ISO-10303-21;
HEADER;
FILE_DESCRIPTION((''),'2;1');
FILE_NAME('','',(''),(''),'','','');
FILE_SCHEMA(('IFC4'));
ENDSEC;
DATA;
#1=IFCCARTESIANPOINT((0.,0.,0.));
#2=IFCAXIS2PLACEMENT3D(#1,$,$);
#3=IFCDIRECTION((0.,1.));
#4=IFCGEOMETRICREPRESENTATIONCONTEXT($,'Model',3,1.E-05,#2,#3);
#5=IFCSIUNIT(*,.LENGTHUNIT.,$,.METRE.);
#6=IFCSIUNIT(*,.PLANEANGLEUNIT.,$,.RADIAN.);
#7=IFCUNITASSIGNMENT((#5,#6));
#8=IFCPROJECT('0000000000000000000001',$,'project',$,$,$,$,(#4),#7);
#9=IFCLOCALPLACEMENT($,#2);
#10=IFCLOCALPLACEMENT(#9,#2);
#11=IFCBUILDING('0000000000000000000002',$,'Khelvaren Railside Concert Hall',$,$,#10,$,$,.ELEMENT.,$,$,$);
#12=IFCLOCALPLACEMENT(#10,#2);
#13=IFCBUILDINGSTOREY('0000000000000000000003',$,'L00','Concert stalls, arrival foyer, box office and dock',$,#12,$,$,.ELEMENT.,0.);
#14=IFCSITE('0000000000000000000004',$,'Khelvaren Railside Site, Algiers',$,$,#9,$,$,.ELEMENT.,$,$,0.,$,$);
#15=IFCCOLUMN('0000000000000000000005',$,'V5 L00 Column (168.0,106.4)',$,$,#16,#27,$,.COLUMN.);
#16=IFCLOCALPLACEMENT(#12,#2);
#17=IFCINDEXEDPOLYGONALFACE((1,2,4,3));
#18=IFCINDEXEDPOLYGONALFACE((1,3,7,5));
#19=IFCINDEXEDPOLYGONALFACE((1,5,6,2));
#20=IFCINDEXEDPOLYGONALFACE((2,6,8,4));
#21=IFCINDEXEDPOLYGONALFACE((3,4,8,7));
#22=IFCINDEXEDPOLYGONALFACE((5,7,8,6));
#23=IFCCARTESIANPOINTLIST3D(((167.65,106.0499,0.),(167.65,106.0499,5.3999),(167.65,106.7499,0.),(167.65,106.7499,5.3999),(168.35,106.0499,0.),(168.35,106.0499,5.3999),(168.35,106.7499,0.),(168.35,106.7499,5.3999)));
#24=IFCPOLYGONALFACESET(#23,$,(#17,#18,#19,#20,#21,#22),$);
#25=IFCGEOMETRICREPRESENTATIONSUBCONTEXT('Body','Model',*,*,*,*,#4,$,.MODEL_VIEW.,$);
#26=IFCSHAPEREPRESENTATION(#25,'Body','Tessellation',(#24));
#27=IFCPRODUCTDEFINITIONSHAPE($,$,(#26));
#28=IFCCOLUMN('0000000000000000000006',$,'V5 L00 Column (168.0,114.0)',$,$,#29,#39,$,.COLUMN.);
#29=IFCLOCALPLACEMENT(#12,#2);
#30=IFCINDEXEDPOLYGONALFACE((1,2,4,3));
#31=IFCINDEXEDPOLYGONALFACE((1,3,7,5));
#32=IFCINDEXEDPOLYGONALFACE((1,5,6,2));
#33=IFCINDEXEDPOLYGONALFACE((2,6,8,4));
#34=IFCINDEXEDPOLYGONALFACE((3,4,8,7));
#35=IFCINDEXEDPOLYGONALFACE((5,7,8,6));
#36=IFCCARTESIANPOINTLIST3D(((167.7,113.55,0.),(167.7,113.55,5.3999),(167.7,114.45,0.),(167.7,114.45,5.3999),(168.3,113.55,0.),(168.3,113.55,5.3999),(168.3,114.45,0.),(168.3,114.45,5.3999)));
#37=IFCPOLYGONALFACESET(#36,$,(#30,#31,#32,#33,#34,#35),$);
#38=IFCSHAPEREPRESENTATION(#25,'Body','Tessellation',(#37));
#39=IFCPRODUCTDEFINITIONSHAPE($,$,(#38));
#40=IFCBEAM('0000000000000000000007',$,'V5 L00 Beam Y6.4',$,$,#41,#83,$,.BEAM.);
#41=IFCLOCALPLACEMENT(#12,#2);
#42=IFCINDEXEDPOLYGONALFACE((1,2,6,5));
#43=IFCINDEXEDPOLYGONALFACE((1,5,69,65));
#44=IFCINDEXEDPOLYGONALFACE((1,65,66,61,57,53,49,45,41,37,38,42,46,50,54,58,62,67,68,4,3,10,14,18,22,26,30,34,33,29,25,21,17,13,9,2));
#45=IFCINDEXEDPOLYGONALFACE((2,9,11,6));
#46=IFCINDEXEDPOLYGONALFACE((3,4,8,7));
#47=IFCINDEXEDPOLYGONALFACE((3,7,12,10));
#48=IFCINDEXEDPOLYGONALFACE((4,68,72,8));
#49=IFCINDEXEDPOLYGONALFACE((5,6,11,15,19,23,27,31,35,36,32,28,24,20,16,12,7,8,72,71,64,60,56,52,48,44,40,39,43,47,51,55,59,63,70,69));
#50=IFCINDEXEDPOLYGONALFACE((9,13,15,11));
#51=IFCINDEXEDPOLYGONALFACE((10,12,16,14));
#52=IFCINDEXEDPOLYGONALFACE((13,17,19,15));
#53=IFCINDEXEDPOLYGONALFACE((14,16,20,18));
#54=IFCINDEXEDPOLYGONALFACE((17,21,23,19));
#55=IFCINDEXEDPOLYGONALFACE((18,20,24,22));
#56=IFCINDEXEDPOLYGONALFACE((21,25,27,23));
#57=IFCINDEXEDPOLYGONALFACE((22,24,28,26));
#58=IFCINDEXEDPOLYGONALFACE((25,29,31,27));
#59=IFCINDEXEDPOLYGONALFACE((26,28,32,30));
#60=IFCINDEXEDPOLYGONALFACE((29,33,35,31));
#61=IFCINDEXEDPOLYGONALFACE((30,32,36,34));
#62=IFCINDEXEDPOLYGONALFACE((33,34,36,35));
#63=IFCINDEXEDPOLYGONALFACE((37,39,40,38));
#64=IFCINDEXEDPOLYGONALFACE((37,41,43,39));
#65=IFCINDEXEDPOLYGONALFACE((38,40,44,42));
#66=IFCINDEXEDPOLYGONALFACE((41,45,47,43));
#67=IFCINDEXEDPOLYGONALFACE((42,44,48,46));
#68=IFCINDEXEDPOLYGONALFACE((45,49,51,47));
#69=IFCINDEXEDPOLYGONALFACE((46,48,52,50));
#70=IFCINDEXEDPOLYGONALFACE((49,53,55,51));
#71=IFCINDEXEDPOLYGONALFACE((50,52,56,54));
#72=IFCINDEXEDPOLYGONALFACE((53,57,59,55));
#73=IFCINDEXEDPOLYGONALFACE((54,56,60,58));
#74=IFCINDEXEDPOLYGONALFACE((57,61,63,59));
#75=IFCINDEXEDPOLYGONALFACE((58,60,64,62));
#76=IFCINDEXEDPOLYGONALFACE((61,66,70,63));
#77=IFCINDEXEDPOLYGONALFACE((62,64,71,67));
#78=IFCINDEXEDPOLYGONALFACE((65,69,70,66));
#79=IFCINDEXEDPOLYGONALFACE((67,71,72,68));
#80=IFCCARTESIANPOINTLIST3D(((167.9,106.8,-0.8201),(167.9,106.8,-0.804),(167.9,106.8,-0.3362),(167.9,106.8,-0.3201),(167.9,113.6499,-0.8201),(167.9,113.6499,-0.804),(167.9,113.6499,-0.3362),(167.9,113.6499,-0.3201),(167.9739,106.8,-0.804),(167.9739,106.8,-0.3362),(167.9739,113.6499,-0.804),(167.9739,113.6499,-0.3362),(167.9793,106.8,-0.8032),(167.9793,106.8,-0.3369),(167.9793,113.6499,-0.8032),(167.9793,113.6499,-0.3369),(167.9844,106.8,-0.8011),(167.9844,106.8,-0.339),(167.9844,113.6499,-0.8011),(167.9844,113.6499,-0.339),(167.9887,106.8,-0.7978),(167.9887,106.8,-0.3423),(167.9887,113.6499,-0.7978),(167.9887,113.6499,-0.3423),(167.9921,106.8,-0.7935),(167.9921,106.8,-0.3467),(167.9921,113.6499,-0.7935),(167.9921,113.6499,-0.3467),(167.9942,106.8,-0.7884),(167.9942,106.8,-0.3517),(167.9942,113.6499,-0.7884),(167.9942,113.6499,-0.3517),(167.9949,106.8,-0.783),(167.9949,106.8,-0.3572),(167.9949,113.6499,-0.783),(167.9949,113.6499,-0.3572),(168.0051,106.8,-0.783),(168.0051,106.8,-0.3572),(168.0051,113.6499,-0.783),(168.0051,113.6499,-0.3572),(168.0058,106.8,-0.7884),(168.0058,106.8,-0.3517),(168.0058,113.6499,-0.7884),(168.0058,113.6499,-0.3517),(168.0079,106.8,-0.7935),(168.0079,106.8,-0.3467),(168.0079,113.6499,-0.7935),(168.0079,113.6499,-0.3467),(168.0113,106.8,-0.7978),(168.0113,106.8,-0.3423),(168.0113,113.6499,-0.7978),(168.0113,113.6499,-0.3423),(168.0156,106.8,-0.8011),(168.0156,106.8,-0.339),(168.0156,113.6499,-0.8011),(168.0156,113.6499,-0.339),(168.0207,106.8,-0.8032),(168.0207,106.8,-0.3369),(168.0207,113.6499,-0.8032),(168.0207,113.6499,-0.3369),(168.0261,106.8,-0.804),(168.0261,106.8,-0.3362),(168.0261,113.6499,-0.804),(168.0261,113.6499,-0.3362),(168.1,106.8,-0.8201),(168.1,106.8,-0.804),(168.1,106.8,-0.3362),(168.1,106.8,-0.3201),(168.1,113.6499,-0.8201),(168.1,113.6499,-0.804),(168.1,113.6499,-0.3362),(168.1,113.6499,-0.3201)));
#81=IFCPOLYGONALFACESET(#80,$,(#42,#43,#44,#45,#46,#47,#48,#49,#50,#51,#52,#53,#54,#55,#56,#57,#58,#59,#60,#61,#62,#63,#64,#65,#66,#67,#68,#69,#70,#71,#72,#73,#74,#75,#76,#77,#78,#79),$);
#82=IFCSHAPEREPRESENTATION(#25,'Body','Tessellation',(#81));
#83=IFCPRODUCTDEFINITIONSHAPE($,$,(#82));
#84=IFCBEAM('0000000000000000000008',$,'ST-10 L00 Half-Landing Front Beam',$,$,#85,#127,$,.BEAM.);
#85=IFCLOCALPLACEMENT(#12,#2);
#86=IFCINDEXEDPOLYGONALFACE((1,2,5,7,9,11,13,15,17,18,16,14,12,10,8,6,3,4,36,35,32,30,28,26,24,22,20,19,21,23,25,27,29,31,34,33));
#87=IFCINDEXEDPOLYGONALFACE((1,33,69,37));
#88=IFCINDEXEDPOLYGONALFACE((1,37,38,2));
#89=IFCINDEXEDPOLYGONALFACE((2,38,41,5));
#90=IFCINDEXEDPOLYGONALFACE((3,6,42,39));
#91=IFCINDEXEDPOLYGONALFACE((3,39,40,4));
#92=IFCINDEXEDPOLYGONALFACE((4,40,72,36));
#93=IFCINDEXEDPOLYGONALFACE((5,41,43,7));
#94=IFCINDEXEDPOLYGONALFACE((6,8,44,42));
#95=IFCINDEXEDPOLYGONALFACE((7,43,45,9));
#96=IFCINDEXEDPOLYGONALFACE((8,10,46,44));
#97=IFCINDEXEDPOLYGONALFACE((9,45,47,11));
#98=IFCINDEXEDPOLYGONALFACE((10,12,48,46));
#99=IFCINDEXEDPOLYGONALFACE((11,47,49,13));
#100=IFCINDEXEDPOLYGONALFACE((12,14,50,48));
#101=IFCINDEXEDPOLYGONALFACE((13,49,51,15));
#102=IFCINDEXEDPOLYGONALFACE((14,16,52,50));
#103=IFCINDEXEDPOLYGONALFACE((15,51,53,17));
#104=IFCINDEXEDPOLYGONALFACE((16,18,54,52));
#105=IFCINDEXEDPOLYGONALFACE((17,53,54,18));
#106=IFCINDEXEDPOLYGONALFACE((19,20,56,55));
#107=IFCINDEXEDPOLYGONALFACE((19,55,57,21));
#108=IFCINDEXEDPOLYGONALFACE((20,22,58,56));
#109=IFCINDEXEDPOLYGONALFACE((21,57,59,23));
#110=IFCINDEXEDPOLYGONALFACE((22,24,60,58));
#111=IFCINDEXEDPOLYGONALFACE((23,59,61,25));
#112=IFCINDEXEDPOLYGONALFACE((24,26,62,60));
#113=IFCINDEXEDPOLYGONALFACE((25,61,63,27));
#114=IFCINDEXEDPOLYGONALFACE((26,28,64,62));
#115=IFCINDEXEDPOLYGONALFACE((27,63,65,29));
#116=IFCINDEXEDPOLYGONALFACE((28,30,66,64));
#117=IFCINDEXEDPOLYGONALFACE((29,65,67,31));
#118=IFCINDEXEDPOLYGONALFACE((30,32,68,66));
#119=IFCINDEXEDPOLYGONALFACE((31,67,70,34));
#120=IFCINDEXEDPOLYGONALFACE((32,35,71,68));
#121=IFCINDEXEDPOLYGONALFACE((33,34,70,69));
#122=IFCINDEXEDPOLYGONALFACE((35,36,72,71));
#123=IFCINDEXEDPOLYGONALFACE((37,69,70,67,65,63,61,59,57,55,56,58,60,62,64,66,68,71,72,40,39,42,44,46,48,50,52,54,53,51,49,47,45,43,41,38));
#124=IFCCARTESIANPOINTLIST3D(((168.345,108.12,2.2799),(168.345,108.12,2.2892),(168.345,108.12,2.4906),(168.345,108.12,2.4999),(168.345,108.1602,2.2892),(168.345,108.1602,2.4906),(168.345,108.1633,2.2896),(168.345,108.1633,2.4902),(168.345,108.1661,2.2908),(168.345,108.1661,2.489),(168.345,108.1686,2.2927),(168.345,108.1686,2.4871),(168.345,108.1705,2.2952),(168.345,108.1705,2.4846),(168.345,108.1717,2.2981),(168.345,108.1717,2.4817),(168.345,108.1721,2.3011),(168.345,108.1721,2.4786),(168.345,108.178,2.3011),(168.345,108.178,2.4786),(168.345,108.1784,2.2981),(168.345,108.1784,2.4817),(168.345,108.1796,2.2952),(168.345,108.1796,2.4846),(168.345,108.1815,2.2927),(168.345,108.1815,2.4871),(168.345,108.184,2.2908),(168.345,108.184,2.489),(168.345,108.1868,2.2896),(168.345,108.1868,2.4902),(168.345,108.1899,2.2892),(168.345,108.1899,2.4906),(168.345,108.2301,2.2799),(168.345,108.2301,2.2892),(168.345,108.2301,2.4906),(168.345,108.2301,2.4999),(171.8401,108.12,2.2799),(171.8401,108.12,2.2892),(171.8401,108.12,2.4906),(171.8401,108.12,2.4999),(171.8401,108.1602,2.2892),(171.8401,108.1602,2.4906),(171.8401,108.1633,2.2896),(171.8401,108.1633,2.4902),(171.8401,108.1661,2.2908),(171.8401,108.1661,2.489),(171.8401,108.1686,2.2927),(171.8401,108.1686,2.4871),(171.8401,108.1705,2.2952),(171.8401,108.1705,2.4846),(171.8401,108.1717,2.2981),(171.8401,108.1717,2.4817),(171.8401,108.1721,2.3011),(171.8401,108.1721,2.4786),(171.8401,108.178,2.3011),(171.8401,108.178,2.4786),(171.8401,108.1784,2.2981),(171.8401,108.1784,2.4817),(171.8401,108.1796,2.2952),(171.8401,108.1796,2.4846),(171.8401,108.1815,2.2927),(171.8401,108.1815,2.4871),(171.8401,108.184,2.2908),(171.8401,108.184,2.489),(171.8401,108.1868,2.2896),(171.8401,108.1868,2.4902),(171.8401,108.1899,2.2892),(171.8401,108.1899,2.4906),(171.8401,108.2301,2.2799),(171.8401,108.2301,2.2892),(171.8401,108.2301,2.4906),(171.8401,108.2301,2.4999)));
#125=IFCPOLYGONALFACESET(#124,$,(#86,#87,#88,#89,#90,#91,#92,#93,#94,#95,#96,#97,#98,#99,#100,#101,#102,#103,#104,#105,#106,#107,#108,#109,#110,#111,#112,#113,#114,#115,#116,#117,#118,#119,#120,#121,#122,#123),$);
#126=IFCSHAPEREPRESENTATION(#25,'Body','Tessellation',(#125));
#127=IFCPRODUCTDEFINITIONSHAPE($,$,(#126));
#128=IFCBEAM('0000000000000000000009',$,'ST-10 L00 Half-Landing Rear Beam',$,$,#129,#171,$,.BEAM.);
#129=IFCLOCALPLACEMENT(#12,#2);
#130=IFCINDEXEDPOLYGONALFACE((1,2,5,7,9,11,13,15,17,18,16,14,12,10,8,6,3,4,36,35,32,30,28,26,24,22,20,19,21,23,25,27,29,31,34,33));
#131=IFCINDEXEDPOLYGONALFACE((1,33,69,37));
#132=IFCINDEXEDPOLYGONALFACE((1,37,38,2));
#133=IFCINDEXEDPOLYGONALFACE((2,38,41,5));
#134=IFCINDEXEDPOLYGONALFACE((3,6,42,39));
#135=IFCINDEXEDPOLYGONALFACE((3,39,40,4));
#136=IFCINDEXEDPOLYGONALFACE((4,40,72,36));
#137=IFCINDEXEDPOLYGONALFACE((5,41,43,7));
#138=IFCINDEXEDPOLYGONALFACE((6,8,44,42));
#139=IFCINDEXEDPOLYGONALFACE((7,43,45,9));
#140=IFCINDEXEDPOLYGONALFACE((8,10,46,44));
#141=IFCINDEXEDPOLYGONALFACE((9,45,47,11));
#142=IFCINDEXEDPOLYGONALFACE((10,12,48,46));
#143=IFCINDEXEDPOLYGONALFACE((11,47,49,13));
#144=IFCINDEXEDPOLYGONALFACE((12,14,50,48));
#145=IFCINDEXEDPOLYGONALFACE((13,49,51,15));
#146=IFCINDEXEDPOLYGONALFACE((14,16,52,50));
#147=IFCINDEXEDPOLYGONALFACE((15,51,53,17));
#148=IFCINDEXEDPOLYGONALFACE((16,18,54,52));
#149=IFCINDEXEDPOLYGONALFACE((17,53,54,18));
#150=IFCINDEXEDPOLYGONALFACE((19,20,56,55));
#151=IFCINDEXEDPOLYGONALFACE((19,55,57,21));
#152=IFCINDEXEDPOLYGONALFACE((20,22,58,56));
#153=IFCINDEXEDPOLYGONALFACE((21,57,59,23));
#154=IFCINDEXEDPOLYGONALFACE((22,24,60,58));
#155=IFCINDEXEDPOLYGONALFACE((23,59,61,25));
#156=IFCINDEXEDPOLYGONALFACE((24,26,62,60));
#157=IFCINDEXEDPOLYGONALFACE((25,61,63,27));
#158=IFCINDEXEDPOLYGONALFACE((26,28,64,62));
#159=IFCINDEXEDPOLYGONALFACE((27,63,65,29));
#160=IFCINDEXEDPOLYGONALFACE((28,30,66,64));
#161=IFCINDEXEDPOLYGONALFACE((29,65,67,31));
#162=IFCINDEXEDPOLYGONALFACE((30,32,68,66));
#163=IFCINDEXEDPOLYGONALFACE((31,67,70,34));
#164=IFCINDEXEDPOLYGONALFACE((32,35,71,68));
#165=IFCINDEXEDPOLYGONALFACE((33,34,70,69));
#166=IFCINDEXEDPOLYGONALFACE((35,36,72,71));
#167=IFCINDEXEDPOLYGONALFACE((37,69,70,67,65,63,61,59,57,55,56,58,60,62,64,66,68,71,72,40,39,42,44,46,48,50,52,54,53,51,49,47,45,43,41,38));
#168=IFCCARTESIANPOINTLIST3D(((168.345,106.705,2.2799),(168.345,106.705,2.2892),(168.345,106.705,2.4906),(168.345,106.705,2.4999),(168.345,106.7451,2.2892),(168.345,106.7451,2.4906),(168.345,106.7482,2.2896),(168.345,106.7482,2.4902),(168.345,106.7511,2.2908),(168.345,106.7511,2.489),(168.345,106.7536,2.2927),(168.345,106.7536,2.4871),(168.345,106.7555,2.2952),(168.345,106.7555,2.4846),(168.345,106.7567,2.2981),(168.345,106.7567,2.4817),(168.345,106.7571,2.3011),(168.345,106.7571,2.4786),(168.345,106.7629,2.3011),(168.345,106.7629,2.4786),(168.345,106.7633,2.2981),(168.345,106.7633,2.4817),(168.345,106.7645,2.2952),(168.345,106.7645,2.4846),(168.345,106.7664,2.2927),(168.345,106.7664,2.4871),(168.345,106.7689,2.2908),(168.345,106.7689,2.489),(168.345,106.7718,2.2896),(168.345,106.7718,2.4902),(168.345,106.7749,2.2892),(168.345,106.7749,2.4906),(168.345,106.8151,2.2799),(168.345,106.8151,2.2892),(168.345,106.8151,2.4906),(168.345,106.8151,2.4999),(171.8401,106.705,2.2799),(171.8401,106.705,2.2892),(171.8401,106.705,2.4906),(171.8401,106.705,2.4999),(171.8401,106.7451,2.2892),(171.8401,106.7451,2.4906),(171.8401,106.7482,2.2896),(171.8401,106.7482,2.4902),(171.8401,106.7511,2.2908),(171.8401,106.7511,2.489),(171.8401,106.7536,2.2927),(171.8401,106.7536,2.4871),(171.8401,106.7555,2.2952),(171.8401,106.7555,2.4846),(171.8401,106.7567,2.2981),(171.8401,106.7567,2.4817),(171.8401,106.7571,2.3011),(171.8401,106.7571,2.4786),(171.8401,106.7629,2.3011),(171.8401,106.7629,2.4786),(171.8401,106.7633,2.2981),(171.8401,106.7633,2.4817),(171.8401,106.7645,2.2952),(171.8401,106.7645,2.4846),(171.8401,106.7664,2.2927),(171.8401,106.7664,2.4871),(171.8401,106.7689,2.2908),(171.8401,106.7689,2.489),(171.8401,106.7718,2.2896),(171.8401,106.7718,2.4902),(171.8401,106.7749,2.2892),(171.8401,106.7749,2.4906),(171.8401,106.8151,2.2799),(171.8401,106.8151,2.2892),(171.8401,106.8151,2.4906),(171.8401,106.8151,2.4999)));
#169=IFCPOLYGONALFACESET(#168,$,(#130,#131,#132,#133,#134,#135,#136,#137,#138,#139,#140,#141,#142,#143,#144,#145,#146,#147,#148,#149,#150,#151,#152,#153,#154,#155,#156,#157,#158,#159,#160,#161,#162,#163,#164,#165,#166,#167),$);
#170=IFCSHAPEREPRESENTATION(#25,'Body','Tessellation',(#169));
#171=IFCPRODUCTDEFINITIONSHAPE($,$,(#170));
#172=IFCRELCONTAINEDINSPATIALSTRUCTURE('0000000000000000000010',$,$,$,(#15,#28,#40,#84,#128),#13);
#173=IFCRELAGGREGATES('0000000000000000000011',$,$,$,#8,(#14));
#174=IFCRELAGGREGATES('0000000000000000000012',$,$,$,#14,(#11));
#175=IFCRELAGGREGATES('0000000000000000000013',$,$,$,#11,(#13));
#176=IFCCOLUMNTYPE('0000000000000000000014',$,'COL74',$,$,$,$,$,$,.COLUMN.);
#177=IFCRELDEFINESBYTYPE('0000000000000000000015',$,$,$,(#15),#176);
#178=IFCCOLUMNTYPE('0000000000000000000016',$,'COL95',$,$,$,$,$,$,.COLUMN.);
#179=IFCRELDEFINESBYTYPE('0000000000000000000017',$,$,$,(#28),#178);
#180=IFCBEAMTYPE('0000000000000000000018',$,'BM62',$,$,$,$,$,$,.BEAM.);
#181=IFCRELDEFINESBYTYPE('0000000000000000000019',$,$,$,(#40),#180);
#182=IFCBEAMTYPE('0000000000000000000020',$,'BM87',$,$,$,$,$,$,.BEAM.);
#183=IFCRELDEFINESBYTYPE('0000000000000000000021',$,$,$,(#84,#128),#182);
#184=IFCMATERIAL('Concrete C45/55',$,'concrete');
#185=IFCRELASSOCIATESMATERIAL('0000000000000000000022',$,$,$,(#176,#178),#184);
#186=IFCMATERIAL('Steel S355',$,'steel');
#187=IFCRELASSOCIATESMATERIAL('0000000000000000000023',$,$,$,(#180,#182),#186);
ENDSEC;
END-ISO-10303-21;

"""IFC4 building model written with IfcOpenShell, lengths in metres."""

from ifc_helpers import new_model, si_unit, direction, frame, origin, origin_2d, place, context, subcontext, project, spatial, rectangle, i_section, extrude, material, material_profile, profile_set, type_object, element, save


model = new_model("IFC4")

# Units and contexts
model_context = context("Model", 3, precision=1e-05, world=origin(), true_north=direction((0.0, 1.0)))
body_context = subcontext(model_context, "Body", "Model", "MODEL_VIEW")
ifc_project = project(units=[si_unit("LENGTHUNIT", "METRE"), si_unit("PLANEANGLEUNIT", "RADIAN")], contexts=[model_context])

# Site, building, storey
site_placement = place(None, origin())
site = spatial("IfcSite", under=ifc_project, at=site_placement, Name="Khelvaren Railside Site, Algiers", CompositionType="ELEMENT", RefElevation=0.0)
building_placement = place(site_placement, origin())
building = spatial("IfcBuilding", under=site, at=building_placement, Name="Khelvaren Railside Concert Hall", CompositionType="ELEMENT")
storey_placement = place(building_placement, origin())
storey = spatial("IfcBuildingStorey", under=building, at=storey_placement, Name="L00", Description="Concert stalls, arrival foyer, box office and dock", CompositionType="ELEMENT", Elevation=0.0)

# Columns
ifc_material_1 = material(Name="Concrete C45/55", Category="concrete")
ifc_material_profile_1 = material_profile(ifc_material_1, rectangle(XDim=0.7, YDim=0.7, at=origin_2d()), Name="RC 700x700")
ifc_profile_set_1 = profile_set([ifc_material_profile_1], Name="Concrete C45/55")
column_type_1 = type_object("IfcColumnType", Name="COL74", PredefinedType="COLUMN", material=ifc_profile_set_1)
column_1_placement = place(storey_placement, frame((168.0, 106.3999, 0.0), z_axis=(0.0, 0.0, 1.0), x_axis=(1.0, 0.0, 0.0)))
element("IfcColumn", 1, at=column_1_placement, inside=storey, type_object=column_type_1, Name="V5 L00 Column (168.0,106.4)", PredefinedType="COLUMN", context=body_context, shape_type="SweptSolid", body=[
    extrude(rectangle(XDim=0.7, YDim=0.7, at=origin_2d()), origin(), (0.0, 0.0, 1.0), 5.3999),
])
ifc_material_profile_2 = material_profile(ifc_material_1, rectangle(XDim=0.6001, YDim=0.8999, at=origin_2d()), Name="RC 600x900")
ifc_profile_set_2 = profile_set([ifc_material_profile_2], Name="Concrete C45/55")
column_type_2 = type_object("IfcColumnType", Name="COL95", PredefinedType="COLUMN", material=ifc_profile_set_2)
column_2_placement = place(storey_placement, frame((168.0, 114.0, 0.0), z_axis=(0.0, 0.0, 1.0), x_axis=(1.0, 0.0, 0.0)))
element("IfcColumn", 2, at=column_2_placement, inside=storey, type_object=column_type_2, Name="V5 L00 Column (168.0,114.0)", PredefinedType="COLUMN", context=body_context, shape_type="SweptSolid", body=[
    extrude(rectangle(XDim=0.6001, YDim=0.8999, at=origin_2d()), origin(), (0.0, 0.0, 1.0), 5.3999),
])

# Beams
ifc_material_2 = material(Name="Steel S355", Category="steel")
ifc_material_profile_3 = material_profile(ifc_material_2, i_section(OverallWidth=0.2, OverallDepth=0.5, WebThickness=0.0103, FlangeThickness=0.0161, FilletRadius=0.021, at=origin_2d()), Name="IPE 500")
ifc_profile_set_3 = profile_set([ifc_material_profile_3], Name="Steel S355")
beam_type_1 = type_object("IfcBeamType", Name="BM62", PredefinedType="BEAM", material=ifc_profile_set_3)
beam_1_placement = place(storey_placement, frame((168.0, 106.8, -0.5701), z_axis=(0.0, 1.0, 0.0), x_axis=(-1.0, 0.0, 0.0)))
element("IfcBeam", 3, at=beam_1_placement, inside=storey, type_object=beam_type_1, Name="V5 L00 Beam Y6.4", PredefinedType="BEAM", context=body_context, shape_type="SweptSolid", body=[
    extrude(i_section(OverallWidth=0.2, OverallDepth=0.5, WebThickness=0.0103, FlangeThickness=0.0161, FilletRadius=0.021, at=origin_2d()), origin(), (0.0, 0.0, 1.0), 6.8499),
])
ifc_material_profile_4 = material_profile(ifc_material_2, i_section(OverallWidth=0.1101, OverallDepth=0.22, WebThickness=0.0059, FlangeThickness=0.0093, FilletRadius=0.012, at=origin_2d()), Name="IPE 220")
ifc_profile_set_4 = profile_set([ifc_material_profile_4], Name="Steel S355")
beam_type_2 = type_object("IfcBeamType", Name="BM87", PredefinedType="BEAM", material=ifc_profile_set_4)
for number, where, z_axis, x_axis, name in (
    (4, (168.345, 108.175, 2.3899), (1.0, 0.0, 0.0), (0.0, 1.0, 0.0), "ST-10 L00 Half-Landing Front Beam"),
    (5, (168.345, 106.76, 2.3899), (1.0, 0.0, 0.0), (0.0, 1.0, 0.0), "ST-10 L00 Half-Landing Rear Beam"),
):
    element("IfcBeam", number, at=place(storey_placement, frame(where, z_axis=z_axis, x_axis=x_axis)), inside=storey, type_object=beam_type_2, Name=name, PredefinedType="BEAM", context=body_context, shape_type="SweptSolid", body=[
        extrude(i_section(OverallWidth=0.1101, OverallDepth=0.22, WebThickness=0.0059, FlangeThickness=0.0093, FilletRadius=0.012, at=origin_2d()), origin(), (0.0, 0.0, 1.0), 3.4951),
    ])

save(model, "model.ifc")
